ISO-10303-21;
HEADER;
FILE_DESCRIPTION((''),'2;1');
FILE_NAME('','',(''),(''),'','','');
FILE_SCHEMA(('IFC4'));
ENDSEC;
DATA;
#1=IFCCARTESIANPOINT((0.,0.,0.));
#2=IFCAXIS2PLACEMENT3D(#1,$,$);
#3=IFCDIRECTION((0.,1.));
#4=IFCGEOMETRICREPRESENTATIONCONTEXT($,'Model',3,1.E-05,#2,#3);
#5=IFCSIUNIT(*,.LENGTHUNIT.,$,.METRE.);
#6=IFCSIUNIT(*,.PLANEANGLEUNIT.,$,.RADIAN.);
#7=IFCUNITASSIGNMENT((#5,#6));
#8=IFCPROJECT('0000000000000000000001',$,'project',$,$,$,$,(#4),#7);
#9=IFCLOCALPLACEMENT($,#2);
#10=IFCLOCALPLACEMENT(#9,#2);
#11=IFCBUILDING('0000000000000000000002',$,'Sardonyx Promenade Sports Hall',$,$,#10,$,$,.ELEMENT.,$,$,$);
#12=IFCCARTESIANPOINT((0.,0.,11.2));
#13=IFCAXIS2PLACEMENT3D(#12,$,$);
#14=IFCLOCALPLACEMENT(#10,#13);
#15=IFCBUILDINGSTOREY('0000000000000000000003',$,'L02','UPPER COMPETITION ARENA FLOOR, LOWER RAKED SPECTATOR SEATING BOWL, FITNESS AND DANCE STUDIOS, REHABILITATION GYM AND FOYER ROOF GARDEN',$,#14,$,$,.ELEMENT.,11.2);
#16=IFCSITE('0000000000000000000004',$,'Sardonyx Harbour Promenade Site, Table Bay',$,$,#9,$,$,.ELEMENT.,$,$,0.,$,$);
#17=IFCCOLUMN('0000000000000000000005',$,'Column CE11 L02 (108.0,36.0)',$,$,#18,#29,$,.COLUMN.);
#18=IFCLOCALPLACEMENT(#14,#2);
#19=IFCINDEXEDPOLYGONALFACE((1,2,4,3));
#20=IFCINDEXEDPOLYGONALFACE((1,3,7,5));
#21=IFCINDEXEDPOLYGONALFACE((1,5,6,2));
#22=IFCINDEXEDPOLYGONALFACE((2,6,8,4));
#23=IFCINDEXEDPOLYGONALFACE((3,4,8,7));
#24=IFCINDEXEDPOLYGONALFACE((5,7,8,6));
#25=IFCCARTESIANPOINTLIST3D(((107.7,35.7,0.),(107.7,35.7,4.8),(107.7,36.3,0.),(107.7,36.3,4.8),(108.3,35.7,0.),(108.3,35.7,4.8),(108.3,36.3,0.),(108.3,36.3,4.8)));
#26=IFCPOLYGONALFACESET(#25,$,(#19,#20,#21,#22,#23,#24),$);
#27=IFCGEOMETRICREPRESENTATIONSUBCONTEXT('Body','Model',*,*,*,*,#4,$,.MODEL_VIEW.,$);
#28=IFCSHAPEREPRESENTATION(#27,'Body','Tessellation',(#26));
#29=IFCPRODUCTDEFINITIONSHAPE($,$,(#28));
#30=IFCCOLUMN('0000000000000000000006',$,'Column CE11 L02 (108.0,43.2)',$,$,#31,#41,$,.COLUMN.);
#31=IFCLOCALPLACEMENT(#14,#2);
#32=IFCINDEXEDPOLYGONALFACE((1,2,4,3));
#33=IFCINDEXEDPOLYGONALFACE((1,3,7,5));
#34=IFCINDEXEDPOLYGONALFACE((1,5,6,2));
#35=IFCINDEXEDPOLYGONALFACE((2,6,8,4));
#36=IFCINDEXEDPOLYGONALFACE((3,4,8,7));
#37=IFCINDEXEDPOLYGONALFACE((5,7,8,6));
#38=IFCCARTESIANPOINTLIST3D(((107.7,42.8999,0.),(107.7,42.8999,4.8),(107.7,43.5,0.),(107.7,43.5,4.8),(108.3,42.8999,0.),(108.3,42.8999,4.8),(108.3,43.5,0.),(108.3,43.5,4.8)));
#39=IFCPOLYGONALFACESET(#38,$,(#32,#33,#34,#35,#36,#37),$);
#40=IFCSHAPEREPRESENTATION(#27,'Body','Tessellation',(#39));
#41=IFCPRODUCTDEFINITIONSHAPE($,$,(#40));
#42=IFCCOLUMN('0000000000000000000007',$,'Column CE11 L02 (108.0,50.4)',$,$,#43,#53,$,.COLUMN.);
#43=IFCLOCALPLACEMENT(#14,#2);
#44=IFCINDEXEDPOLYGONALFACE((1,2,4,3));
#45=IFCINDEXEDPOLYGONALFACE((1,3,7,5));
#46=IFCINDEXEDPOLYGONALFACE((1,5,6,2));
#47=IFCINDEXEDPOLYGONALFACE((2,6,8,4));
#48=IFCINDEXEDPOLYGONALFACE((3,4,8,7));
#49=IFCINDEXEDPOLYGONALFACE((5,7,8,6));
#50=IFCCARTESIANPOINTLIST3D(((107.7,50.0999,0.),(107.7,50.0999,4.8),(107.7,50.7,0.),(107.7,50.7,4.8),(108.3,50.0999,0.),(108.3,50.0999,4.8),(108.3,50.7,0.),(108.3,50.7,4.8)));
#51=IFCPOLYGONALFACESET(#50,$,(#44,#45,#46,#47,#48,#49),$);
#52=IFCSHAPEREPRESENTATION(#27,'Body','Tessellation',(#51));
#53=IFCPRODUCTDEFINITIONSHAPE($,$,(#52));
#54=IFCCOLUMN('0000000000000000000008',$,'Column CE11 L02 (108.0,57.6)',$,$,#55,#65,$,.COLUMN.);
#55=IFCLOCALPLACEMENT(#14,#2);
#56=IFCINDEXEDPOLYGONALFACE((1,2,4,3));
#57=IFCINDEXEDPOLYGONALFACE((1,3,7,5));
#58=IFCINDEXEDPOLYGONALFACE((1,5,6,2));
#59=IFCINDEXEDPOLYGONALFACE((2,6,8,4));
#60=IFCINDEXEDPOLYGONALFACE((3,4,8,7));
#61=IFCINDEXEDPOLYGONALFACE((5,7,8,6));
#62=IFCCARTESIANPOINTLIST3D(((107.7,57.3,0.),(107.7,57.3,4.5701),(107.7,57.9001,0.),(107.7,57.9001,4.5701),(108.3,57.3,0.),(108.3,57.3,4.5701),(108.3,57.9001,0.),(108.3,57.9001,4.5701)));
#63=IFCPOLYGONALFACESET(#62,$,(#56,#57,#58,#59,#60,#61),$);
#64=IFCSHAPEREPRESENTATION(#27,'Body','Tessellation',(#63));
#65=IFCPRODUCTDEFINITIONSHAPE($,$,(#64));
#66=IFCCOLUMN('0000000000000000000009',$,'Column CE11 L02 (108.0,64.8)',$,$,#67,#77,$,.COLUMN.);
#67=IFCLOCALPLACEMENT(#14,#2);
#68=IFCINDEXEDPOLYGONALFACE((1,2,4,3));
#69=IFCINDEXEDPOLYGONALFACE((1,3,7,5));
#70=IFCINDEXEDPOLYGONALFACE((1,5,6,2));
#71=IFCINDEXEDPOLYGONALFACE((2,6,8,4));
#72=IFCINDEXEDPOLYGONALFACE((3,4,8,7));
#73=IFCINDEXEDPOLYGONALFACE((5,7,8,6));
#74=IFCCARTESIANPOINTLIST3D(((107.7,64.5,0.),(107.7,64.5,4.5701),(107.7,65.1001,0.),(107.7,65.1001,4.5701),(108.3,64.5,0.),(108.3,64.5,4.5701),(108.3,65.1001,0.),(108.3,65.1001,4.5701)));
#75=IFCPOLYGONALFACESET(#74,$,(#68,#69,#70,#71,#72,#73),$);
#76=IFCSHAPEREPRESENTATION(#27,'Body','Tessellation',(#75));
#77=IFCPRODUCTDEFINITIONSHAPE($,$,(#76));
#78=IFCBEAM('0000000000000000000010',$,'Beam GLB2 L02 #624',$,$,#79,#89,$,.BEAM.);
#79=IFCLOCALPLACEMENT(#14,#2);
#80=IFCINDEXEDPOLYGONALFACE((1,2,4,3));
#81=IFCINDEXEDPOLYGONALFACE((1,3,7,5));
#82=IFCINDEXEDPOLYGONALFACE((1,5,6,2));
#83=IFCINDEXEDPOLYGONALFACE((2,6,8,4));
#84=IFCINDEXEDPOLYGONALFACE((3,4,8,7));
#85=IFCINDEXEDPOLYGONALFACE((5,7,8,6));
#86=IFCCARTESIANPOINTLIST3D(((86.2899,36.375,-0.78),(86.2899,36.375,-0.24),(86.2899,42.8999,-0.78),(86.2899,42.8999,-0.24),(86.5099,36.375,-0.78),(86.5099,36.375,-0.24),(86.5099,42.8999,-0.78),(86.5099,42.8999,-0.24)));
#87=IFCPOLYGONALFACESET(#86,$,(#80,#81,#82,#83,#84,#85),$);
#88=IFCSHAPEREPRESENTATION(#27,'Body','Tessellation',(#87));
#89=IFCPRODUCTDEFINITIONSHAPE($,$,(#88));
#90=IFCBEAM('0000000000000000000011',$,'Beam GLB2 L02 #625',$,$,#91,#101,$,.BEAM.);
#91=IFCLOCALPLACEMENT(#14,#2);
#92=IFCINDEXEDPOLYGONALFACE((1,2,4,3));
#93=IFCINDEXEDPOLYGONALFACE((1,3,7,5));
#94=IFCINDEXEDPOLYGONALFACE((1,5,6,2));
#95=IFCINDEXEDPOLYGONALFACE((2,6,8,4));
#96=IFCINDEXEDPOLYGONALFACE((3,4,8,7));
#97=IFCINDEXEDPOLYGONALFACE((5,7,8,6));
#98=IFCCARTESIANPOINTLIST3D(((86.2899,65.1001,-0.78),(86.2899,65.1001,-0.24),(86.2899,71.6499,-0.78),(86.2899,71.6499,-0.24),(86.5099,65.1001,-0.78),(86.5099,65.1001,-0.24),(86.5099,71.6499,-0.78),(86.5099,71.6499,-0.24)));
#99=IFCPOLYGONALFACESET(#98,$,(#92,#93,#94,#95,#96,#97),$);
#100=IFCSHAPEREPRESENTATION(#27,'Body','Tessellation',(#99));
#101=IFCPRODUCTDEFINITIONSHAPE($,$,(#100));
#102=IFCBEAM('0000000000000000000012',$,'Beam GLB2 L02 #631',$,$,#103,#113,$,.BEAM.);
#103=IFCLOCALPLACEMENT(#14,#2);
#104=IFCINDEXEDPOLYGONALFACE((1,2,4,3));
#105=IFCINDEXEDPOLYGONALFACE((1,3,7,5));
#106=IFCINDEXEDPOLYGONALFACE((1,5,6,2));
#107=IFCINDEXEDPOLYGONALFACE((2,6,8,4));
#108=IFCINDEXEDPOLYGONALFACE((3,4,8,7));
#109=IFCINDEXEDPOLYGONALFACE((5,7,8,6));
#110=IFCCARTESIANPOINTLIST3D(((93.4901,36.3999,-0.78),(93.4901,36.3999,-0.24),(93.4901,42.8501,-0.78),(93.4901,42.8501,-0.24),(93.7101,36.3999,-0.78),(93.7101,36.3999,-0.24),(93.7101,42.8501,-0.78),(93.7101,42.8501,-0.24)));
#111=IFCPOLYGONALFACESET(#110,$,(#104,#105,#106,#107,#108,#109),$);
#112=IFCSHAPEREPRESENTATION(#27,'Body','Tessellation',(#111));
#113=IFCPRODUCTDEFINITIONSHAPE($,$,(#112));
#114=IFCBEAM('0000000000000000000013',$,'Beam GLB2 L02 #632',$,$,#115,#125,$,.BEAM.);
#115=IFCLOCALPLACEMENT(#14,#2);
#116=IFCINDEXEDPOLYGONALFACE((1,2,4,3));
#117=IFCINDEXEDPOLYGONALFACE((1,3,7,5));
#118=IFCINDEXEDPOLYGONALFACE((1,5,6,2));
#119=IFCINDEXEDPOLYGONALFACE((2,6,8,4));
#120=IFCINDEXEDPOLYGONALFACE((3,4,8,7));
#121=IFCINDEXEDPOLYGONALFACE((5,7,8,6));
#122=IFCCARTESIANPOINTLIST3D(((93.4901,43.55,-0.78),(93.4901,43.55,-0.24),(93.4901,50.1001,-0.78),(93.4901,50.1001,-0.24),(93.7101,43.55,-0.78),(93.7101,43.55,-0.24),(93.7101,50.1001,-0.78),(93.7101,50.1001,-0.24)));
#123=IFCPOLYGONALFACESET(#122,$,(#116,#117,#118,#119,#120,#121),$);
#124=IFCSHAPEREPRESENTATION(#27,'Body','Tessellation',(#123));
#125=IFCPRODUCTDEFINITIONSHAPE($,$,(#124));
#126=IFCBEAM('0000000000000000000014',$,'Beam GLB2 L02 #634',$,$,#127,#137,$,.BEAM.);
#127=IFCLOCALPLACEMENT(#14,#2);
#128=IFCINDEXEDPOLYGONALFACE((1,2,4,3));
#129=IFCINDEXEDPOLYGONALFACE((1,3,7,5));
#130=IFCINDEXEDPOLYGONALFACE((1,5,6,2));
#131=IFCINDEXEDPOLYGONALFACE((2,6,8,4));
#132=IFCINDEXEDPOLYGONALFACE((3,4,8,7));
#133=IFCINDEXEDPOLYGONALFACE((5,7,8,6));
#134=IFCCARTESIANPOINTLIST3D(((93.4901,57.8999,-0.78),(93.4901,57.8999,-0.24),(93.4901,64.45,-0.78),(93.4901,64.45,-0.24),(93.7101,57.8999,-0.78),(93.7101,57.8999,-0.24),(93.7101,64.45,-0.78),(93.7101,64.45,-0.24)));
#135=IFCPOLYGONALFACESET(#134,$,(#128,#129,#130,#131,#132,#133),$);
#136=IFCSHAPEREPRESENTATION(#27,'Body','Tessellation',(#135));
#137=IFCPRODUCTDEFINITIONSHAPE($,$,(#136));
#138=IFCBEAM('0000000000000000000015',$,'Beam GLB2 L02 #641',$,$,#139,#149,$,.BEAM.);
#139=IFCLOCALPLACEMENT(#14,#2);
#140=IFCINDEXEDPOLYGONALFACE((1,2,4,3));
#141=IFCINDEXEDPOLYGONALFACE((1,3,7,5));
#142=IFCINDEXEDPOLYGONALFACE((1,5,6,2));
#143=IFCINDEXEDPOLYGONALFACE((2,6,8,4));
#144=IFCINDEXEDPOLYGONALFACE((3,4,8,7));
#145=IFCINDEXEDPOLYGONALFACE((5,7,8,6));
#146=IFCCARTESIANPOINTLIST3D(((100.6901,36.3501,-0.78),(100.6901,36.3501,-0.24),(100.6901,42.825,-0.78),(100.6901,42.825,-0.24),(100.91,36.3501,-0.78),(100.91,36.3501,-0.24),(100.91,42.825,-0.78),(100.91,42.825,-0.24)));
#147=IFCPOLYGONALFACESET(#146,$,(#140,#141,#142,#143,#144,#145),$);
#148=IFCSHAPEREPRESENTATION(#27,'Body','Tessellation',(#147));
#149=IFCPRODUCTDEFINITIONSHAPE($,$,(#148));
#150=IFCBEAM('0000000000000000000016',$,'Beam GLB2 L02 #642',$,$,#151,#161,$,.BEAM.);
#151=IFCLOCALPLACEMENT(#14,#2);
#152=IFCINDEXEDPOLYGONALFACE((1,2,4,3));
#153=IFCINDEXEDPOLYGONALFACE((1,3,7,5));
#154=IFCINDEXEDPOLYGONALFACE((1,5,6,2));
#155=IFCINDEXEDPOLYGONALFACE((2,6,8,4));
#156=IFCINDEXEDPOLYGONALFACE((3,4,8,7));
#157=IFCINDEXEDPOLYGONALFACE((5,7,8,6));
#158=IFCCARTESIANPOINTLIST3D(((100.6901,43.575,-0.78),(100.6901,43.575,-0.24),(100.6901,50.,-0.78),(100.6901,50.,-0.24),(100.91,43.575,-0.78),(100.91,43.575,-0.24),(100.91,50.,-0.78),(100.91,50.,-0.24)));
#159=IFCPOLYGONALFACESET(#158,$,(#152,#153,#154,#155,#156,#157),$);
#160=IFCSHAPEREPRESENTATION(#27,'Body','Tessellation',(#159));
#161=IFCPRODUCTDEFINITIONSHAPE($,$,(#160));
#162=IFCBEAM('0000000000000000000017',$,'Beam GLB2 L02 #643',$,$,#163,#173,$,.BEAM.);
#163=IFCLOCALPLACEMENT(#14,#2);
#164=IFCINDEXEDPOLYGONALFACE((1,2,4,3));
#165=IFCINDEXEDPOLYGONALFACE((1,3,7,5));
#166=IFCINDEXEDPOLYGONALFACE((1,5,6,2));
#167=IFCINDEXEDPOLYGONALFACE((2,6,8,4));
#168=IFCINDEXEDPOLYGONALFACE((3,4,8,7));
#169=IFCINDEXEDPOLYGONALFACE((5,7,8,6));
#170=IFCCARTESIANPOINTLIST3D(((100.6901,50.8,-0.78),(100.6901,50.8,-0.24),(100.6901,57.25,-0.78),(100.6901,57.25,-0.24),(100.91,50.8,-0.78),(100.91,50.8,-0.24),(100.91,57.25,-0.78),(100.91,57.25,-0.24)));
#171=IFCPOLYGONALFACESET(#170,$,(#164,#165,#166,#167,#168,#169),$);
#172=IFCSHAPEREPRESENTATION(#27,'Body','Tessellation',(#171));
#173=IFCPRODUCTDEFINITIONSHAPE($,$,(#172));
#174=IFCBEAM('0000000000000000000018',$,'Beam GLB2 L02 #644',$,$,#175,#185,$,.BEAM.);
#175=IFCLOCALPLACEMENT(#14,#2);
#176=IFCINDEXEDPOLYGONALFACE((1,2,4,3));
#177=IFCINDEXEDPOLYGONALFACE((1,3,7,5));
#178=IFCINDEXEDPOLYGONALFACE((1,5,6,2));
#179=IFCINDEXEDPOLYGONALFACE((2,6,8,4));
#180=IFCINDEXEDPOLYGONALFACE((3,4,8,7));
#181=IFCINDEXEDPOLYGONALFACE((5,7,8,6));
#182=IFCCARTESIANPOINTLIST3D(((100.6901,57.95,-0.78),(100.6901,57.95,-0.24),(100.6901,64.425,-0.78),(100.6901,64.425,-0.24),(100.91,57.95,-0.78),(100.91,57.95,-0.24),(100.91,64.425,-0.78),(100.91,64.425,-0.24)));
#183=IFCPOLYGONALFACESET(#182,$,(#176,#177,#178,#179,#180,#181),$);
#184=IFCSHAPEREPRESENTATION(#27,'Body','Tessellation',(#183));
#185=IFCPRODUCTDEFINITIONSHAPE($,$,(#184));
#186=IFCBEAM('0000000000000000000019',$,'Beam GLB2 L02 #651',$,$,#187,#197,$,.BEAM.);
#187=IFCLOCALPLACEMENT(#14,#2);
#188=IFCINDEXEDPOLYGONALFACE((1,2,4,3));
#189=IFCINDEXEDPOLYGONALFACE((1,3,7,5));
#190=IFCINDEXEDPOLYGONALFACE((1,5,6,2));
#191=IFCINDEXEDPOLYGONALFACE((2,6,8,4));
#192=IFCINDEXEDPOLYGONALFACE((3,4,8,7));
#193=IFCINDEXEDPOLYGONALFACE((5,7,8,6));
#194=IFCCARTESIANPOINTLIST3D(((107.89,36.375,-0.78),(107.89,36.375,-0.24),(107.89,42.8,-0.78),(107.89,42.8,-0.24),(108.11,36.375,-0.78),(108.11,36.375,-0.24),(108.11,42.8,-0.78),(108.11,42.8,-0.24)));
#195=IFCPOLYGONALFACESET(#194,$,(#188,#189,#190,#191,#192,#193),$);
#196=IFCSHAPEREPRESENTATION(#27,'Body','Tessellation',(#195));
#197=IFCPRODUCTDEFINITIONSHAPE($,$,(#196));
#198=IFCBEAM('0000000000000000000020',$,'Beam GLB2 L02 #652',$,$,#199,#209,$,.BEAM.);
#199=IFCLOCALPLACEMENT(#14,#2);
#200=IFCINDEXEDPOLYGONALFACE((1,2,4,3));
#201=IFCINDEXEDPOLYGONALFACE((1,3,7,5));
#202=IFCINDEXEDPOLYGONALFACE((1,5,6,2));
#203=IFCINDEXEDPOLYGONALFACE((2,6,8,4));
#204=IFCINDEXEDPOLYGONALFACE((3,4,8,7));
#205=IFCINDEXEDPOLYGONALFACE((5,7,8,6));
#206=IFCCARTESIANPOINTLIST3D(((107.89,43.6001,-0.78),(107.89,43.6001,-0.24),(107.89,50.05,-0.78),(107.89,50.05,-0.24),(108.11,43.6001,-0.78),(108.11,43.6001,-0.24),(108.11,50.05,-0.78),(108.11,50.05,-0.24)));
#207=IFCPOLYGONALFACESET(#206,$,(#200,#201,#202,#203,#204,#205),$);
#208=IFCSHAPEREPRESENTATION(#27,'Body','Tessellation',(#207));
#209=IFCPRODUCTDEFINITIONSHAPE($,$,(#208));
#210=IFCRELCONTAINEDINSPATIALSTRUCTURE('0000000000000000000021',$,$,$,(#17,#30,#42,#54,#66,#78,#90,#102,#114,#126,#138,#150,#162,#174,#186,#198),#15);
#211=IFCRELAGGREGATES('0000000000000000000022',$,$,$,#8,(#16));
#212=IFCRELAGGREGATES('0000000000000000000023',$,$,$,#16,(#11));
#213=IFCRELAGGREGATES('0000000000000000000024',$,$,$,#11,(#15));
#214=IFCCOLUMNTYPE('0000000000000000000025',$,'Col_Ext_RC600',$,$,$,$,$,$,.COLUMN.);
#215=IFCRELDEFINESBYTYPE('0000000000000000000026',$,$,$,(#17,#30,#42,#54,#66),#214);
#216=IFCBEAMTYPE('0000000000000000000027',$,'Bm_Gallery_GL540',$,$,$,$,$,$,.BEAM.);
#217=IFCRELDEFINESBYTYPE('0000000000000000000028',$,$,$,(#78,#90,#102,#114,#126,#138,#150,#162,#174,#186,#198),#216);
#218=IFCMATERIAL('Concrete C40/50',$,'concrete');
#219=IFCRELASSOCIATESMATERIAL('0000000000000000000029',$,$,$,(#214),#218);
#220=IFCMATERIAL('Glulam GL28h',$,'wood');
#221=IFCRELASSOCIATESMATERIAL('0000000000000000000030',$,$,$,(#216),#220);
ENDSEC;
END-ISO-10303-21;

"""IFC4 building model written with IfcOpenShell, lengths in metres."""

from ifc_helpers import new_model, si_unit, direction, frame, origin, origin_2d, place, context, subcontext, project, spatial, rectangle, extrude, material, material_profile, profile_set, type_object, element, save


model = new_model("IFC4")

# Units and contexts
model_context = context("Model", 3, precision=1e-05, world=origin(), true_north=direction((0.0, 1.0)))
body_context = subcontext(model_context, "Body", "Model", "MODEL_VIEW")
ifc_project = project(units=[si_unit("LENGTHUNIT", "METRE"), si_unit("PLANEANGLEUNIT", "RADIAN")], contexts=[model_context])

# Site, building, storey
site_placement = place(None, origin())
site = spatial("IfcSite", under=ifc_project, at=site_placement, Name="Sardonyx Harbour Promenade Site, Table Bay", CompositionType="ELEMENT", RefElevation=0.0)
building_placement = place(site_placement, origin())
building = spatial("IfcBuilding", under=site, at=building_placement, Name="Sardonyx Promenade Sports Hall", CompositionType="ELEMENT")
storey_placement = place(building_placement, frame((0.0, 0.0, 11.2)))
storey = spatial("IfcBuildingStorey", under=building, at=storey_placement, Name="L02", Description="UPPER COMPETITION ARENA FLOOR, LOWER RAKED SPECTATOR SEATING BOWL, FITNESS AND DANCE STUDIOS, REHABILITATION GYM AND FOYER ROOF GARDEN", CompositionType="ELEMENT", Elevation=11.2)

# Columns
ifc_material_1 = material(Name="Concrete C40/50", Category="concrete")
ifc_material_profile_1 = material_profile(ifc_material_1, rectangle(XDim=0.6001, YDim=0.6001, at=origin_2d()))
ifc_profile_set_1 = profile_set([ifc_material_profile_1], Name="Concrete C40/50")
column_type = type_object("IfcColumnType", Name="Col_Ext_RC600", PredefinedType="COLUMN", material=ifc_profile_set_1)
for number, where, z_axis, x_axis, name in (
    (1, (108.0, 36.0, 0.0), (0.0, 0.0, 1.0), (1.0, 0.0, 0.0), "Column CE11 L02 (108.0,36.0)"),
    (2, (108.0, 43.2, 0.0), (0.0, 0.0, 1.0), (1.0, 0.0, 0.0), "Column CE11 L02 (108.0,43.2)"),
    (3, (108.0, 50.3999, 0.0), (0.0, 0.0, 1.0), (1.0, 0.0, 0.0), "Column CE11 L02 (108.0,50.4)"),
):
    element("IfcColumn", number, at=place(storey_placement, frame(where, z_axis=z_axis, x_axis=x_axis)), inside=storey, type_object=column_type, Name=name, PredefinedType="COLUMN", context=body_context, shape_type="SweptSolid", body=[
        extrude(rectangle(XDim=0.6001, YDim=0.6001, at=origin_2d()), origin(), (0.0, 0.0, 1.0), 4.8),
    ])
for number, where, z_axis, x_axis, name in (
    (4, (108.0, 57.6001, 0.0), (0.0, 0.0, 1.0), (1.0, 0.0, 0.0), "Column CE11 L02 (108.0,57.6)"),
    (5, (108.0, 64.8, 0.0), (0.0, 0.0, 1.0), (1.0, 0.0, 0.0), "Column CE11 L02 (108.0,64.8)"),
):
    element("IfcColumn", number, at=place(storey_placement, frame(where, z_axis=z_axis, x_axis=x_axis)), inside=storey, type_object=column_type, Name=name, PredefinedType="COLUMN", context=body_context, shape_type="SweptSolid", body=[
        extrude(rectangle(XDim=0.6001, YDim=0.6001, at=origin_2d()), origin(), (0.0, 0.0, 1.0), 4.5701),
    ])

# Beams
ifc_material_2 = material(Name="Glulam GL28h", Category="wood")
ifc_material_profile_2 = material_profile(ifc_material_2, rectangle(XDim=0.22, YDim=0.54, at=origin_2d()))
ifc_profile_set_2 = profile_set([ifc_material_profile_2], Name="Glulam GL28h")
beam_type_1 = type_object("IfcBeamType", Name="Bm_Gallery_GL540", PredefinedType="BEAM", material=ifc_profile_set_2)
beam_1_placement = place(storey_placement, frame((86.3999, 36.375, -0.51), z_axis=(0.0, 1.0, 0.0), x_axis=(-1.0, 0.0, 0.0)))
element("IfcBeam", 6, at=beam_1_placement, inside=storey, type_object=beam_type_1, Name="Beam GLB2 L02 #624", PredefinedType="BEAM", context=body_context, shape_type="SweptSolid", body=[
    extrude(rectangle(XDim=0.22, YDim=0.54, at=origin_2d()), origin(), (0.0, 0.0, 1.0), 6.5249),
])
beam_2_placement = place(storey_placement, frame((86.3999, 65.1001, -0.51), z_axis=(0.0, 1.0, 0.0), x_axis=(-1.0, 0.0, 0.0)))
element("IfcBeam", 7, at=beam_2_placement, inside=storey, type_object=beam_type_1, Name="Beam GLB2 L02 #625", PredefinedType="BEAM", context=body_context, shape_type="SweptSolid", body=[
    extrude(rectangle(XDim=0.22, YDim=0.54, at=origin_2d()), origin(), (0.0, 0.0, 1.0), 6.5498),
])
beam_3_placement = place(storey_placement, frame((93.6001, 36.3999, -0.51), z_axis=(0.0, 1.0, 0.0), x_axis=(-1.0, 0.0, 0.0)))
element("IfcBeam", 8, at=beam_3_placement, inside=storey, type_object=beam_type_1, Name="Beam GLB2 L02 #631", PredefinedType="BEAM", context=body_context, shape_type="SweptSolid", body=[
    extrude(rectangle(XDim=0.22, YDim=0.54, at=origin_2d()), origin(), (0.0, 0.0, 1.0), 6.4502),
])
for number, where, z_axis, x_axis, name in (
    (9, (93.6001, 43.55, -0.51), (0.0, 1.0, 0.0), (-1.0, 0.0, 0.0), "Beam GLB2 L02 #632"),
    (10, (93.6001, 57.8999, -0.51), (0.0, 1.0, 0.0), (-1.0, 0.0, 0.0), "Beam GLB2 L02 #634"),
):
    element("IfcBeam", number, at=place(storey_placement, frame(where, z_axis=z_axis, x_axis=x_axis)), inside=storey, type_object=beam_type_1, Name=name, PredefinedType="BEAM", context=body_context, shape_type="SweptSolid", body=[
        extrude(rectangle(XDim=0.22, YDim=0.54, at=origin_2d()), origin(), (0.0, 0.0, 1.0), 6.55),
    ])
beam_4_placement = place(storey_placement, frame((100.8, 36.3501, -0.51), z_axis=(0.0, 1.0, 0.0), x_axis=(-1.0, 0.0, 0.0)))
element("IfcBeam", 11, at=beam_4_placement, inside=storey, type_object=beam_type_1, Name="Beam GLB2 L02 #641", PredefinedType="BEAM", context=body_context, shape_type="SweptSolid", body=[
    extrude(rectangle(XDim=0.22, YDim=0.54, at=origin_2d()), origin(), (0.0, 0.0, 1.0), 6.4749),
])
beam_5_placement = place(storey_placement, frame((100.8, 43.575, -0.51), z_axis=(0.0, 1.0, 0.0), x_axis=(-1.0, 0.0, 0.0)))
element("IfcBeam", 12, at=beam_5_placement, inside=storey, type_object=beam_type_1, Name="Beam GLB2 L02 #642", PredefinedType="BEAM", context=body_context, shape_type="SweptSolid", body=[
    extrude(rectangle(XDim=0.22, YDim=0.54, at=origin_2d()), origin(), (0.0, 0.0, 1.0), 6.425),
])
beam_6_placement = place(storey_placement, frame((100.8, 50.8, -0.51), z_axis=(0.0, 1.0, 0.0), x_axis=(-1.0, 0.0, 0.0)))
element("IfcBeam", 13, at=beam_6_placement, inside=storey, type_object=beam_type_1, Name="Beam GLB2 L02 #643", PredefinedType="BEAM", context=body_context, shape_type="SweptSolid", body=[
    extrude(rectangle(XDim=0.22, YDim=0.54, at=origin_2d()), origin(), (0.0, 0.0, 1.0), 6.45),
])
beam_7_placement = place(storey_placement, frame((100.8, 57.95, -0.51), z_axis=(0.0, 1.0, 0.0), x_axis=(-1.0, 0.0, 0.0)))
element("IfcBeam", 14, at=beam_7_placement, inside=storey, type_object=beam_type_1, Name="Beam GLB2 L02 #644", PredefinedType="BEAM", context=body_context, shape_type="SweptSolid", body=[
    extrude(rectangle(XDim=0.22, YDim=0.54, at=origin_2d()), origin(), (0.0, 0.0, 1.0), 6.4751),
])
beam_8_placement = place(storey_placement, frame((108.0, 36.375, -0.51), z_axis=(0.0, 1.0, 0.0), x_axis=(-1.0, 0.0, 0.0)))
element("IfcBeam", 15, at=beam_8_placement, inside=storey, type_object=beam_type_1, Name="Beam GLB2 L02 #651", PredefinedType="BEAM", context=body_context, shape_type="SweptSolid", body=[
    extrude(rectangle(XDim=0.22, YDim=0.54, at=origin_2d()), origin(), (0.0, 0.0, 1.0), 6.425),
])
beam_9_placement = place(storey_placement, frame((108.0, 43.6001, -0.51), z_axis=(0.0, 1.0, 0.0), x_axis=(-1.0, 0.0, 0.0)))
element("IfcBeam", 16, at=beam_9_placement, inside=storey, type_object=beam_type_1, Name="Beam GLB2 L02 #652", PredefinedType="BEAM", context=body_context, shape_type="SweptSolid", body=[
    extrude(rectangle(XDim=0.22, YDim=0.54, at=origin_2d()), origin(), (0.0, 0.0, 1.0), 6.45),
])

save(model, "model.ifc")
